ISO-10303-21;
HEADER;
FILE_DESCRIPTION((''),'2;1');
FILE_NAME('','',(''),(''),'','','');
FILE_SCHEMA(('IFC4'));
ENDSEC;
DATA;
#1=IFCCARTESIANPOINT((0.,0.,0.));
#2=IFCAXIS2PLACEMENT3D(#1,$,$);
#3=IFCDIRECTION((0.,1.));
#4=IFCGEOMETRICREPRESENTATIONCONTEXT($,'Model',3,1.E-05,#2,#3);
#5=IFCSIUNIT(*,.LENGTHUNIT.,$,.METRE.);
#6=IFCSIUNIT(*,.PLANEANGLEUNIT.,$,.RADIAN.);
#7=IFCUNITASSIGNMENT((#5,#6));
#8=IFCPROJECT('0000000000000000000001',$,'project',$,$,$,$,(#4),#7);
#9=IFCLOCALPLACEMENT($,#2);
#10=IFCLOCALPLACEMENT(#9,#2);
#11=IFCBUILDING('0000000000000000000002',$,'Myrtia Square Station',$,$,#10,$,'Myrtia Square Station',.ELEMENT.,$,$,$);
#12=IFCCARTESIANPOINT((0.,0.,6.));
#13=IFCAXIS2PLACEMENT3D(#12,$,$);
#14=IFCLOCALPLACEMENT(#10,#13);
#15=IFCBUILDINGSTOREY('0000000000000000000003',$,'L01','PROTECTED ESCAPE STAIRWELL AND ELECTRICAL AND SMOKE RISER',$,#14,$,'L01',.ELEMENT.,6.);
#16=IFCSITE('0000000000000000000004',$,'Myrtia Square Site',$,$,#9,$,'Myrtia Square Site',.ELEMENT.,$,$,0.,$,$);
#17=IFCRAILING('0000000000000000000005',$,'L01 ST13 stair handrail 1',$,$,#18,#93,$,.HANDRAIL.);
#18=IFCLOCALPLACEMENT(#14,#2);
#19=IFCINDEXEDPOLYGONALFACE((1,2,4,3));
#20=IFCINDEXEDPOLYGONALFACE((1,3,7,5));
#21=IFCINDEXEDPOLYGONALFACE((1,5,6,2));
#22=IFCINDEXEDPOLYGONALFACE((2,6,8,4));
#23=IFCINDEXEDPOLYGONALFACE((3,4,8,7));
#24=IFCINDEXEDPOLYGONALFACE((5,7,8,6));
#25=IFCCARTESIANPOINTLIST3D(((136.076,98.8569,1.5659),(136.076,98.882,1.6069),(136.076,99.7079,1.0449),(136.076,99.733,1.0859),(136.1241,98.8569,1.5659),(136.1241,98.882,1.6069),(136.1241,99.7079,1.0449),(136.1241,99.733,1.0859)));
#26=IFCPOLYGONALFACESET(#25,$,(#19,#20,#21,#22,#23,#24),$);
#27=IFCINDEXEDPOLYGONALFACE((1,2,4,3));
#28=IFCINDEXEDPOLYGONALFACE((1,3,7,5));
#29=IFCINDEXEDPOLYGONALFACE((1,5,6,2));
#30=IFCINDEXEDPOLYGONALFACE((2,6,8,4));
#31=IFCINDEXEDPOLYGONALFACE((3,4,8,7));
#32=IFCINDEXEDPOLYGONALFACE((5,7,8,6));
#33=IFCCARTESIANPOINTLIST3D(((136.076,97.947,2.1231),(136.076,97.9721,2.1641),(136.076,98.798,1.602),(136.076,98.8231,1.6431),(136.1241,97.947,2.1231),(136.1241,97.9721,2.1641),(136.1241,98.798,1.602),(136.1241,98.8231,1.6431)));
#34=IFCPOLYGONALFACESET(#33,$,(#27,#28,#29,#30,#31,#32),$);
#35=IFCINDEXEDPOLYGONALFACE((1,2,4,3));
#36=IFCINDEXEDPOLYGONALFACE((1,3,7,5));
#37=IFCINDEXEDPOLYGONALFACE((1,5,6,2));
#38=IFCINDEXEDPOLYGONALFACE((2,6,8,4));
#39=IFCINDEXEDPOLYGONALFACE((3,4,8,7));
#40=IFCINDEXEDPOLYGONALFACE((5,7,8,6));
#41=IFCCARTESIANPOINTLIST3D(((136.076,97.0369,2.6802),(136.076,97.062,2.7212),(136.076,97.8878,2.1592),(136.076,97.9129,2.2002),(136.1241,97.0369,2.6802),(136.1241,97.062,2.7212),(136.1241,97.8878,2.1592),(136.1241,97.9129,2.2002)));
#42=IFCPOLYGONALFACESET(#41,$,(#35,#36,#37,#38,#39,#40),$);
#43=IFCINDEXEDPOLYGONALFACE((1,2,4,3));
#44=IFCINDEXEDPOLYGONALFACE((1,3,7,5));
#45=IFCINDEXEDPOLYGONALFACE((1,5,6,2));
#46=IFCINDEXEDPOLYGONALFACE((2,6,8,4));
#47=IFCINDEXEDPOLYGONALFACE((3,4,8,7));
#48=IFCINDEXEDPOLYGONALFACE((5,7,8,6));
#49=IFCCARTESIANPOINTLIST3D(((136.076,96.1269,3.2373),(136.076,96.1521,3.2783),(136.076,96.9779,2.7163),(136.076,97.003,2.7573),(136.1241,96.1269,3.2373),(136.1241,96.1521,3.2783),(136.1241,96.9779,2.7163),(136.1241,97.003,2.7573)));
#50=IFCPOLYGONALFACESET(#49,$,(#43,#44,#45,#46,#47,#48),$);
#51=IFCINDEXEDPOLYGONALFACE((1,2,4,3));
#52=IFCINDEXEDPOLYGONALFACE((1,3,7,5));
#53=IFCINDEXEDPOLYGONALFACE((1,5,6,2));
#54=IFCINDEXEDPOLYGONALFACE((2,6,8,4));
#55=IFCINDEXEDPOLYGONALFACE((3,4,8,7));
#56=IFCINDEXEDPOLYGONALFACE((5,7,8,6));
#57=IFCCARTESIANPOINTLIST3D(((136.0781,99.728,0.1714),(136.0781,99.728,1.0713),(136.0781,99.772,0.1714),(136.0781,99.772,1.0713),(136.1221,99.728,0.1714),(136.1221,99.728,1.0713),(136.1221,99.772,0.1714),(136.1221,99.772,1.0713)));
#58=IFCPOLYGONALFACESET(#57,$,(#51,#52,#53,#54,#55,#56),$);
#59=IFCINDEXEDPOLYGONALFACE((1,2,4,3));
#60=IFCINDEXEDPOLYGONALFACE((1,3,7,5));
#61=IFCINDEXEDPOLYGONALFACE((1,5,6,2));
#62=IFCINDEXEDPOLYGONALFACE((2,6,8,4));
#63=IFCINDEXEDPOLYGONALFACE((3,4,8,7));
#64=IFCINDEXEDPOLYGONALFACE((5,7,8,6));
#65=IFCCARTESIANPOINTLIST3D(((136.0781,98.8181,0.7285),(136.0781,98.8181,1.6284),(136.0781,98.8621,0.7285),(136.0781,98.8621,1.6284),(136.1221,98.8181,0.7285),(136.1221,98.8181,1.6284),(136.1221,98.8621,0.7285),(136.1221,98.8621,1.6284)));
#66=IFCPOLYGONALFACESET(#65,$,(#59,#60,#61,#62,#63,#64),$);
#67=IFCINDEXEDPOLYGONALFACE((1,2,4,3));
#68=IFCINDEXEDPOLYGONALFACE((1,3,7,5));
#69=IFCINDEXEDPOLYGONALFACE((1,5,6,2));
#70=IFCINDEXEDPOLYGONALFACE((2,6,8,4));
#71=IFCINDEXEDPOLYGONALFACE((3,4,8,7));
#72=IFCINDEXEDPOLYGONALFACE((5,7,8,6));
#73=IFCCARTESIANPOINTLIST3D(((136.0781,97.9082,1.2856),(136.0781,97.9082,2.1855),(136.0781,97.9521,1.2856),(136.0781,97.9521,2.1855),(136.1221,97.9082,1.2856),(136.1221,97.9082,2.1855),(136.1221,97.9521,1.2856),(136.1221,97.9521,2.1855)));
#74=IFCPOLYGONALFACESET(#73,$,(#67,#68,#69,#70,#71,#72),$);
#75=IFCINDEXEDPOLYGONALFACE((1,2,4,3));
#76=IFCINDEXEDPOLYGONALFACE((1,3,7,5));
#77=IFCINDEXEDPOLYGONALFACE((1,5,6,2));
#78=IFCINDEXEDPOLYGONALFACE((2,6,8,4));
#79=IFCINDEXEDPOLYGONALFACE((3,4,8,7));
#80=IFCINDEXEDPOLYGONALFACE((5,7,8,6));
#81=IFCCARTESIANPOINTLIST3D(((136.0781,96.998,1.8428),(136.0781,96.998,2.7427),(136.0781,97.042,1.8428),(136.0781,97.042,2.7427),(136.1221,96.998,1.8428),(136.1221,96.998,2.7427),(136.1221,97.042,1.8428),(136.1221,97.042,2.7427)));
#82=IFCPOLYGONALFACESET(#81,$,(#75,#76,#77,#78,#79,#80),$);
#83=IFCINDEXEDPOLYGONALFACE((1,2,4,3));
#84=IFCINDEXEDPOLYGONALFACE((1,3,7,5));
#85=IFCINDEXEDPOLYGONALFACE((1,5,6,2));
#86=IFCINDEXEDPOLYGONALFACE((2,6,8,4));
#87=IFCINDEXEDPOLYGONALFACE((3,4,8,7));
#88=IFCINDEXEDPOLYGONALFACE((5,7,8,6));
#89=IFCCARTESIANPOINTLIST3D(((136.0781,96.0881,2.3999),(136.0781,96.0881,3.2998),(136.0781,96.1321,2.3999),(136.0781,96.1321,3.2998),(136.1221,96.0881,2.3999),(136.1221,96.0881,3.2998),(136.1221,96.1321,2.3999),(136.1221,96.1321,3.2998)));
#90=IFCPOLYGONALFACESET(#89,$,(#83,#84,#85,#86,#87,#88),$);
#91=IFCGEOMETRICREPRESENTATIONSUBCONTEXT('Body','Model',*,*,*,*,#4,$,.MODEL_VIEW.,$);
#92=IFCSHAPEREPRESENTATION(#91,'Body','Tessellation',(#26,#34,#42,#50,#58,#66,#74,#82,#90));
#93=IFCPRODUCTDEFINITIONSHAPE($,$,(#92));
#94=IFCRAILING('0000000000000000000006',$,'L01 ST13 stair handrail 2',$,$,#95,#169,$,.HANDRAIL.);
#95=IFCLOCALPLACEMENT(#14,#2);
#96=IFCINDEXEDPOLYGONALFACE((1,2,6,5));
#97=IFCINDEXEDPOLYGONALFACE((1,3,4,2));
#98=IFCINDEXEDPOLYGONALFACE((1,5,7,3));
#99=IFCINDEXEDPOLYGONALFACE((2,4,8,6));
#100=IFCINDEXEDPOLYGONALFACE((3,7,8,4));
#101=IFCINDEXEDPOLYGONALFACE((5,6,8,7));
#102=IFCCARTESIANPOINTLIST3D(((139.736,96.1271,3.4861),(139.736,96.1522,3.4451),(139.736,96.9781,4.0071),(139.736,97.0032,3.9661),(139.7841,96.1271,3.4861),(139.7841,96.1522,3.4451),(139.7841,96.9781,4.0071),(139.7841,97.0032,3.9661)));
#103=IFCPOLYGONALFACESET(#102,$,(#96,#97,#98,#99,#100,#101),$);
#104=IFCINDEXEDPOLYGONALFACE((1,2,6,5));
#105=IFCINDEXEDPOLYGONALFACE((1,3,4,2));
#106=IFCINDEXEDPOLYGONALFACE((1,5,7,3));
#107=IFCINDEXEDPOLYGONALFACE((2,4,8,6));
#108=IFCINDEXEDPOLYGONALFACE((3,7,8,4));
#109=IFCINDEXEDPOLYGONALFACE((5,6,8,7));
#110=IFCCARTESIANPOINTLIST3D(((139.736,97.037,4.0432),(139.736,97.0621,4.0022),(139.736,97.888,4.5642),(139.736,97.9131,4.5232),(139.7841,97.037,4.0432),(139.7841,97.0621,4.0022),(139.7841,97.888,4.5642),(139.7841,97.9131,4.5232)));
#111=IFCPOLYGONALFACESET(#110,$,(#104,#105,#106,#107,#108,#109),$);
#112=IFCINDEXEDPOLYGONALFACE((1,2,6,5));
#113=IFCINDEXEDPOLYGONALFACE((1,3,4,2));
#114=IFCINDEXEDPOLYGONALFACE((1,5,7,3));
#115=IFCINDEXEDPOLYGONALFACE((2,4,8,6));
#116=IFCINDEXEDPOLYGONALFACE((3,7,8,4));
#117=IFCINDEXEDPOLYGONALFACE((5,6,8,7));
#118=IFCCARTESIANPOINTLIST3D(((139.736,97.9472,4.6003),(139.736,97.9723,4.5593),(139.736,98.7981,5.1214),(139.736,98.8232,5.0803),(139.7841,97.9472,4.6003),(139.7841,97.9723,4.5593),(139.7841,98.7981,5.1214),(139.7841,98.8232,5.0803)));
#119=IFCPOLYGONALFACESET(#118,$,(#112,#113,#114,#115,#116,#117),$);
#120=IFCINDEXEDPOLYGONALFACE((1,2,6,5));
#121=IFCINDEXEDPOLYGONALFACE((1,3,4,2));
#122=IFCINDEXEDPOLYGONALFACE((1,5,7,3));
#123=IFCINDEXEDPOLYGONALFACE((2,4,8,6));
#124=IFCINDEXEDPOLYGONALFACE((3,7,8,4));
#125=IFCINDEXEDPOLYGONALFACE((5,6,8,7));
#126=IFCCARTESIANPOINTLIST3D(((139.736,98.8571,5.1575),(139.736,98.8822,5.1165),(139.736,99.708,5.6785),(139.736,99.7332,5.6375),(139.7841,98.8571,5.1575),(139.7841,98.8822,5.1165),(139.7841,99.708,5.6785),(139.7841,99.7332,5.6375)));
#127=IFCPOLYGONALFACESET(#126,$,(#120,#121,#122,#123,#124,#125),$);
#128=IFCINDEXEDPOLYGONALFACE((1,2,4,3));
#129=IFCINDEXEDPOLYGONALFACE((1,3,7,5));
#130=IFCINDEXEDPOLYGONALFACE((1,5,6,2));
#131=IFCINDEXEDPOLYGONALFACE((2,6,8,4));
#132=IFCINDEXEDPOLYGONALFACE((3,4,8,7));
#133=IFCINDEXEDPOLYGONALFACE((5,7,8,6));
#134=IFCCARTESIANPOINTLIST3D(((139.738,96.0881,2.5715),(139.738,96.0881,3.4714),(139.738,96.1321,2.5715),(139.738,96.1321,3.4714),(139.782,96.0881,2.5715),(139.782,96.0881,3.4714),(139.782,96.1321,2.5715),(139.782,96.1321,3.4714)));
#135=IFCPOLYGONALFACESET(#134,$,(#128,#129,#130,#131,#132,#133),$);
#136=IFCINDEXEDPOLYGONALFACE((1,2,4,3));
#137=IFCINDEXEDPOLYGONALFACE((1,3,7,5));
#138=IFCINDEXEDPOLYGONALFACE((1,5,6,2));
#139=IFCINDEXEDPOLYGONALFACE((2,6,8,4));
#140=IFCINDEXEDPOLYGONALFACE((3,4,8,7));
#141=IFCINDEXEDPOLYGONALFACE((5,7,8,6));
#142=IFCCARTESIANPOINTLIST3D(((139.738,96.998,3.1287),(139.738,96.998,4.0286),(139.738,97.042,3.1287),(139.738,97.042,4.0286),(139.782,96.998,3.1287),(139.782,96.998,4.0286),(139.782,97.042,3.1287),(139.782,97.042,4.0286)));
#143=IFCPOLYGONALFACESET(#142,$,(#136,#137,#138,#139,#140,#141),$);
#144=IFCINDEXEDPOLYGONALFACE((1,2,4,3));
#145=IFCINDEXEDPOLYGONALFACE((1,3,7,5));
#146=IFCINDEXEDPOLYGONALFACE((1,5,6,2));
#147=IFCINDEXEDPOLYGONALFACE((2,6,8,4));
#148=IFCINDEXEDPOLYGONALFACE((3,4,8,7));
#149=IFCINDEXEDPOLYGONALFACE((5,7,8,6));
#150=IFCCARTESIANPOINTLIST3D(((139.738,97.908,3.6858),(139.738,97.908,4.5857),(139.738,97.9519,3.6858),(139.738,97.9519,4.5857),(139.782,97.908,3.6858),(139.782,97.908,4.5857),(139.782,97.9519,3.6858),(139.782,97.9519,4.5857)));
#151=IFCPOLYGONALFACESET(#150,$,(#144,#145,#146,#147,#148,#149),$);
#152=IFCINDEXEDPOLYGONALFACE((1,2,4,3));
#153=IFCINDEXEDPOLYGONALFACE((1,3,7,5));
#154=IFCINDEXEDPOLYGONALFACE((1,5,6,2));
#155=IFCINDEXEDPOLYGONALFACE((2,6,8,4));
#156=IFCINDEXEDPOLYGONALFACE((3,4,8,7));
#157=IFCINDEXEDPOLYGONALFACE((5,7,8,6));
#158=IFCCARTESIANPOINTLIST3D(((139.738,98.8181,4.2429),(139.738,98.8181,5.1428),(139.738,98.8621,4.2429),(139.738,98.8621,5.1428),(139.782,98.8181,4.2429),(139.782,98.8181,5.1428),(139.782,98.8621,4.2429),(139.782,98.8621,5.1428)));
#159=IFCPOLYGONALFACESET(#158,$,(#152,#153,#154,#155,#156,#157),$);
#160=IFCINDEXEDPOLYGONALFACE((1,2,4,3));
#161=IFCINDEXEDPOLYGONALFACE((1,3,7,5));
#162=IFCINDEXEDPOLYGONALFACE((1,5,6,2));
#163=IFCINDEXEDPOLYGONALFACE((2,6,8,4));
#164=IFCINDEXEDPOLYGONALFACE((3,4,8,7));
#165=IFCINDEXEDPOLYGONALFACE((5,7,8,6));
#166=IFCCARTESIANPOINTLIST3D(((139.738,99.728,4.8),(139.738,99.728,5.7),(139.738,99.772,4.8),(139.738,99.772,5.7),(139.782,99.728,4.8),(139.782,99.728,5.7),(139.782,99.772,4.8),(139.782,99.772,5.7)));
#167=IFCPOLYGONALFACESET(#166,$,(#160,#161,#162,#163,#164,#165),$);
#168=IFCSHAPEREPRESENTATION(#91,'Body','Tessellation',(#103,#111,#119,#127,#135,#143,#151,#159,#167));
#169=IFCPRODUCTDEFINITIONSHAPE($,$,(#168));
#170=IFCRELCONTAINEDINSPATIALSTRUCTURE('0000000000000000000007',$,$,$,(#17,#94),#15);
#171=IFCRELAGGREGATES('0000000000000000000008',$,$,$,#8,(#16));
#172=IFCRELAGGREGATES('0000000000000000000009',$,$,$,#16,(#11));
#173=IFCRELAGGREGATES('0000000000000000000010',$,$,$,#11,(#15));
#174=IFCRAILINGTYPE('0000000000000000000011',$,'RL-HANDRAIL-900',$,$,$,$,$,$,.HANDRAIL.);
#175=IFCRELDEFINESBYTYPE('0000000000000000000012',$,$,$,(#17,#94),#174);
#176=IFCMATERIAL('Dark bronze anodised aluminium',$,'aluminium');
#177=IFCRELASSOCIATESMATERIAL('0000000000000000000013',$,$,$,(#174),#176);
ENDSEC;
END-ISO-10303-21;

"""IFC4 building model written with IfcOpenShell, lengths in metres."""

from ifc_helpers import new_model, si_unit, direction, frame, origin, origin_2d, place, context, subcontext, project, spatial, rectangle, extrude, material, type_object, element, save


model = new_model("IFC4")

# Units and contexts
model_context = context("Model", 3, precision=1e-05, world=origin(), true_north=direction((0.0, 1.0)))
body_context = subcontext(model_context, "Body", "Model", "MODEL_VIEW")
ifc_project = project(units=[si_unit("LENGTHUNIT", "METRE"), si_unit("PLANEANGLEUNIT", "RADIAN")], contexts=[model_context])

# Site, building, storey
site_placement = place(None, origin())
site = spatial("IfcSite", under=ifc_project, at=site_placement, Name="Myrtia Square Site", LongName="Myrtia Square Site", CompositionType="ELEMENT", RefElevation=0.0)
building_placement = place(site_placement, origin())
building = spatial("IfcBuilding", under=site, at=building_placement, Name="Myrtia Square Station", LongName="Myrtia Square Station", CompositionType="ELEMENT")
storey_placement = place(building_placement, frame((0.0, 0.0, 6.0)))
storey = spatial("IfcBuildingStorey", under=building, at=storey_placement, Name="L01", Description="PROTECTED ESCAPE STAIRWELL AND ELECTRICAL AND SMOKE RISER", LongName="L01", CompositionType="ELEMENT", Elevation=6.0)

# Shared definitions
ifc_material_1 = material(Name="Dark bronze anodised aluminium", Category="aluminium")

# Railings
railing_type_1 = type_object("IfcRailingType", Name="RL-HANDRAIL-900", PredefinedType="HANDRAIL", material=ifc_material_1)
railing_1_placement = place(storey_placement, frame((136.1001, 99.75, 0.1714)))
element("IfcRailing", 1, at=railing_1_placement, inside=storey, type_object=railing_type_1, Name="L01 ST13 stair handrail 1", PredefinedType="HANDRAIL", context=body_context, shape_type="SweptSolid", body=[
    extrude(rectangle(XDim=0.0481, YDim=0.0481, at=origin_2d()), frame((0.0, -0.0295, 0.894), z_axis=(0.0, -0.85285, 0.522156), x_axis=(1.0, 0.0, 0.0)), (0.0, 0.0, 1.0), 0.9978),
    extrude(rectangle(XDim=0.0481, YDim=0.0481, at=origin_2d()), frame((0.0, -0.9395, 1.4512), z_axis=(0.0, -0.85285, 0.522156), x_axis=(1.0, 0.0, 0.0)), (0.0, 0.0, 1.0), 0.9978),
    extrude(rectangle(XDim=0.0481, YDim=0.0481, at=origin_2d()), frame((0.0, -1.8496, 2.0083), z_axis=(0.0, -0.85285, 0.522156), x_axis=(1.0, 0.0, 0.0)), (0.0, 0.0, 1.0), 0.9978),
    extrude(rectangle(XDim=0.0481, YDim=0.0481, at=origin_2d()), frame((0.0, -2.7595, 2.5654), z_axis=(0.0, -0.85285, 0.522156), x_axis=(1.0, 0.0, 0.0)), (0.0, 0.0, 1.0), 0.9978),
    extrude(rectangle(XDim=0.0439, YDim=0.0439, at=origin_2d()), origin(), (0.0, 0.0, 1.0), 0.8999),
    extrude(rectangle(XDim=0.0439, YDim=0.0439, at=origin_2d()), frame((0.0, -0.9099, 0.5571)), (0.0, 0.0, 1.0), 0.8999),
    extrude(rectangle(XDim=0.0439, YDim=0.0439, at=origin_2d()), frame((0.0, -1.8198, 1.1143)), (0.0, 0.0, 1.0), 0.8999),
    extrude(rectangle(XDim=0.0439, YDim=0.0439, at=origin_2d()), frame((0.0, -2.73, 1.6714)), (0.0, 0.0, 1.0), 0.8999),
    extrude(rectangle(XDim=0.0439, YDim=0.0439, at=origin_2d()), frame((0.0, -3.6399, 2.2285)), (0.0, 0.0, 1.0), 0.8999),
])
railing_2_placement = place(storey_placement, frame((139.76, 96.1101, 2.5715)))
element("IfcRailing", 2, at=railing_2_placement, inside=storey, type_object=railing_type_1, Name="L01 ST13 stair handrail 2", PredefinedType="HANDRAIL", context=body_context, shape_type="SweptSolid", body=[
    extrude(rectangle(XDim=0.0481, YDim=0.0481, at=origin_2d()), frame((0.0, 0.0295, 0.894), z_axis=(0.0, 0.85285, 0.522156), x_axis=(-1.0, 0.0, 0.0)), (0.0, 0.0, 1.0), 0.9978),
    extrude(rectangle(XDim=0.0481, YDim=0.0481, at=origin_2d()), frame((0.0, 0.9395, 1.4512), z_axis=(0.0, 0.85285, 0.522156), x_axis=(-1.0, 0.0, 0.0)), (0.0, 0.0, 1.0), 0.9978),
    extrude(rectangle(XDim=0.0481, YDim=0.0481, at=origin_2d()), frame((0.0, 1.8496, 2.0083), z_axis=(0.0, 0.85285, 0.522156), x_axis=(-1.0, 0.0, 0.0)), (0.0, 0.0, 1.0), 0.9978),
    extrude(rectangle(XDim=0.0481, YDim=0.0481, at=origin_2d()), frame((0.0, 2.7595, 2.5654), z_axis=(0.0, 0.85285, 0.522156), x_axis=(-1.0, 0.0, 0.0)), (0.0, 0.0, 1.0), 0.9978),
    extrude(rectangle(XDim=0.0439, YDim=0.0439, at=origin_2d()), origin(), (0.0, 0.0, 1.0), 0.8999),
    extrude(rectangle(XDim=0.0439, YDim=0.0439, at=origin_2d()), frame((0.0, 0.9099, 0.5571)), (0.0, 0.0, 1.0), 0.8999),
    extrude(rectangle(XDim=0.0439, YDim=0.0439, at=origin_2d()), frame((0.0, 1.8198, 1.1143)), (0.0, 0.0, 1.0), 0.8999),
    extrude(rectangle(XDim=0.0439, YDim=0.0439, at=origin_2d()), frame((0.0, 2.73, 1.6714)), (0.0, 0.0, 1.0), 0.8999),
    extrude(rectangle(XDim=0.0439, YDim=0.0439, at=origin_2d()), frame((0.0, 3.6399, 2.2285)), (0.0, 0.0, 1.0), 0.8999),
])

save(model, "model.ifc")
